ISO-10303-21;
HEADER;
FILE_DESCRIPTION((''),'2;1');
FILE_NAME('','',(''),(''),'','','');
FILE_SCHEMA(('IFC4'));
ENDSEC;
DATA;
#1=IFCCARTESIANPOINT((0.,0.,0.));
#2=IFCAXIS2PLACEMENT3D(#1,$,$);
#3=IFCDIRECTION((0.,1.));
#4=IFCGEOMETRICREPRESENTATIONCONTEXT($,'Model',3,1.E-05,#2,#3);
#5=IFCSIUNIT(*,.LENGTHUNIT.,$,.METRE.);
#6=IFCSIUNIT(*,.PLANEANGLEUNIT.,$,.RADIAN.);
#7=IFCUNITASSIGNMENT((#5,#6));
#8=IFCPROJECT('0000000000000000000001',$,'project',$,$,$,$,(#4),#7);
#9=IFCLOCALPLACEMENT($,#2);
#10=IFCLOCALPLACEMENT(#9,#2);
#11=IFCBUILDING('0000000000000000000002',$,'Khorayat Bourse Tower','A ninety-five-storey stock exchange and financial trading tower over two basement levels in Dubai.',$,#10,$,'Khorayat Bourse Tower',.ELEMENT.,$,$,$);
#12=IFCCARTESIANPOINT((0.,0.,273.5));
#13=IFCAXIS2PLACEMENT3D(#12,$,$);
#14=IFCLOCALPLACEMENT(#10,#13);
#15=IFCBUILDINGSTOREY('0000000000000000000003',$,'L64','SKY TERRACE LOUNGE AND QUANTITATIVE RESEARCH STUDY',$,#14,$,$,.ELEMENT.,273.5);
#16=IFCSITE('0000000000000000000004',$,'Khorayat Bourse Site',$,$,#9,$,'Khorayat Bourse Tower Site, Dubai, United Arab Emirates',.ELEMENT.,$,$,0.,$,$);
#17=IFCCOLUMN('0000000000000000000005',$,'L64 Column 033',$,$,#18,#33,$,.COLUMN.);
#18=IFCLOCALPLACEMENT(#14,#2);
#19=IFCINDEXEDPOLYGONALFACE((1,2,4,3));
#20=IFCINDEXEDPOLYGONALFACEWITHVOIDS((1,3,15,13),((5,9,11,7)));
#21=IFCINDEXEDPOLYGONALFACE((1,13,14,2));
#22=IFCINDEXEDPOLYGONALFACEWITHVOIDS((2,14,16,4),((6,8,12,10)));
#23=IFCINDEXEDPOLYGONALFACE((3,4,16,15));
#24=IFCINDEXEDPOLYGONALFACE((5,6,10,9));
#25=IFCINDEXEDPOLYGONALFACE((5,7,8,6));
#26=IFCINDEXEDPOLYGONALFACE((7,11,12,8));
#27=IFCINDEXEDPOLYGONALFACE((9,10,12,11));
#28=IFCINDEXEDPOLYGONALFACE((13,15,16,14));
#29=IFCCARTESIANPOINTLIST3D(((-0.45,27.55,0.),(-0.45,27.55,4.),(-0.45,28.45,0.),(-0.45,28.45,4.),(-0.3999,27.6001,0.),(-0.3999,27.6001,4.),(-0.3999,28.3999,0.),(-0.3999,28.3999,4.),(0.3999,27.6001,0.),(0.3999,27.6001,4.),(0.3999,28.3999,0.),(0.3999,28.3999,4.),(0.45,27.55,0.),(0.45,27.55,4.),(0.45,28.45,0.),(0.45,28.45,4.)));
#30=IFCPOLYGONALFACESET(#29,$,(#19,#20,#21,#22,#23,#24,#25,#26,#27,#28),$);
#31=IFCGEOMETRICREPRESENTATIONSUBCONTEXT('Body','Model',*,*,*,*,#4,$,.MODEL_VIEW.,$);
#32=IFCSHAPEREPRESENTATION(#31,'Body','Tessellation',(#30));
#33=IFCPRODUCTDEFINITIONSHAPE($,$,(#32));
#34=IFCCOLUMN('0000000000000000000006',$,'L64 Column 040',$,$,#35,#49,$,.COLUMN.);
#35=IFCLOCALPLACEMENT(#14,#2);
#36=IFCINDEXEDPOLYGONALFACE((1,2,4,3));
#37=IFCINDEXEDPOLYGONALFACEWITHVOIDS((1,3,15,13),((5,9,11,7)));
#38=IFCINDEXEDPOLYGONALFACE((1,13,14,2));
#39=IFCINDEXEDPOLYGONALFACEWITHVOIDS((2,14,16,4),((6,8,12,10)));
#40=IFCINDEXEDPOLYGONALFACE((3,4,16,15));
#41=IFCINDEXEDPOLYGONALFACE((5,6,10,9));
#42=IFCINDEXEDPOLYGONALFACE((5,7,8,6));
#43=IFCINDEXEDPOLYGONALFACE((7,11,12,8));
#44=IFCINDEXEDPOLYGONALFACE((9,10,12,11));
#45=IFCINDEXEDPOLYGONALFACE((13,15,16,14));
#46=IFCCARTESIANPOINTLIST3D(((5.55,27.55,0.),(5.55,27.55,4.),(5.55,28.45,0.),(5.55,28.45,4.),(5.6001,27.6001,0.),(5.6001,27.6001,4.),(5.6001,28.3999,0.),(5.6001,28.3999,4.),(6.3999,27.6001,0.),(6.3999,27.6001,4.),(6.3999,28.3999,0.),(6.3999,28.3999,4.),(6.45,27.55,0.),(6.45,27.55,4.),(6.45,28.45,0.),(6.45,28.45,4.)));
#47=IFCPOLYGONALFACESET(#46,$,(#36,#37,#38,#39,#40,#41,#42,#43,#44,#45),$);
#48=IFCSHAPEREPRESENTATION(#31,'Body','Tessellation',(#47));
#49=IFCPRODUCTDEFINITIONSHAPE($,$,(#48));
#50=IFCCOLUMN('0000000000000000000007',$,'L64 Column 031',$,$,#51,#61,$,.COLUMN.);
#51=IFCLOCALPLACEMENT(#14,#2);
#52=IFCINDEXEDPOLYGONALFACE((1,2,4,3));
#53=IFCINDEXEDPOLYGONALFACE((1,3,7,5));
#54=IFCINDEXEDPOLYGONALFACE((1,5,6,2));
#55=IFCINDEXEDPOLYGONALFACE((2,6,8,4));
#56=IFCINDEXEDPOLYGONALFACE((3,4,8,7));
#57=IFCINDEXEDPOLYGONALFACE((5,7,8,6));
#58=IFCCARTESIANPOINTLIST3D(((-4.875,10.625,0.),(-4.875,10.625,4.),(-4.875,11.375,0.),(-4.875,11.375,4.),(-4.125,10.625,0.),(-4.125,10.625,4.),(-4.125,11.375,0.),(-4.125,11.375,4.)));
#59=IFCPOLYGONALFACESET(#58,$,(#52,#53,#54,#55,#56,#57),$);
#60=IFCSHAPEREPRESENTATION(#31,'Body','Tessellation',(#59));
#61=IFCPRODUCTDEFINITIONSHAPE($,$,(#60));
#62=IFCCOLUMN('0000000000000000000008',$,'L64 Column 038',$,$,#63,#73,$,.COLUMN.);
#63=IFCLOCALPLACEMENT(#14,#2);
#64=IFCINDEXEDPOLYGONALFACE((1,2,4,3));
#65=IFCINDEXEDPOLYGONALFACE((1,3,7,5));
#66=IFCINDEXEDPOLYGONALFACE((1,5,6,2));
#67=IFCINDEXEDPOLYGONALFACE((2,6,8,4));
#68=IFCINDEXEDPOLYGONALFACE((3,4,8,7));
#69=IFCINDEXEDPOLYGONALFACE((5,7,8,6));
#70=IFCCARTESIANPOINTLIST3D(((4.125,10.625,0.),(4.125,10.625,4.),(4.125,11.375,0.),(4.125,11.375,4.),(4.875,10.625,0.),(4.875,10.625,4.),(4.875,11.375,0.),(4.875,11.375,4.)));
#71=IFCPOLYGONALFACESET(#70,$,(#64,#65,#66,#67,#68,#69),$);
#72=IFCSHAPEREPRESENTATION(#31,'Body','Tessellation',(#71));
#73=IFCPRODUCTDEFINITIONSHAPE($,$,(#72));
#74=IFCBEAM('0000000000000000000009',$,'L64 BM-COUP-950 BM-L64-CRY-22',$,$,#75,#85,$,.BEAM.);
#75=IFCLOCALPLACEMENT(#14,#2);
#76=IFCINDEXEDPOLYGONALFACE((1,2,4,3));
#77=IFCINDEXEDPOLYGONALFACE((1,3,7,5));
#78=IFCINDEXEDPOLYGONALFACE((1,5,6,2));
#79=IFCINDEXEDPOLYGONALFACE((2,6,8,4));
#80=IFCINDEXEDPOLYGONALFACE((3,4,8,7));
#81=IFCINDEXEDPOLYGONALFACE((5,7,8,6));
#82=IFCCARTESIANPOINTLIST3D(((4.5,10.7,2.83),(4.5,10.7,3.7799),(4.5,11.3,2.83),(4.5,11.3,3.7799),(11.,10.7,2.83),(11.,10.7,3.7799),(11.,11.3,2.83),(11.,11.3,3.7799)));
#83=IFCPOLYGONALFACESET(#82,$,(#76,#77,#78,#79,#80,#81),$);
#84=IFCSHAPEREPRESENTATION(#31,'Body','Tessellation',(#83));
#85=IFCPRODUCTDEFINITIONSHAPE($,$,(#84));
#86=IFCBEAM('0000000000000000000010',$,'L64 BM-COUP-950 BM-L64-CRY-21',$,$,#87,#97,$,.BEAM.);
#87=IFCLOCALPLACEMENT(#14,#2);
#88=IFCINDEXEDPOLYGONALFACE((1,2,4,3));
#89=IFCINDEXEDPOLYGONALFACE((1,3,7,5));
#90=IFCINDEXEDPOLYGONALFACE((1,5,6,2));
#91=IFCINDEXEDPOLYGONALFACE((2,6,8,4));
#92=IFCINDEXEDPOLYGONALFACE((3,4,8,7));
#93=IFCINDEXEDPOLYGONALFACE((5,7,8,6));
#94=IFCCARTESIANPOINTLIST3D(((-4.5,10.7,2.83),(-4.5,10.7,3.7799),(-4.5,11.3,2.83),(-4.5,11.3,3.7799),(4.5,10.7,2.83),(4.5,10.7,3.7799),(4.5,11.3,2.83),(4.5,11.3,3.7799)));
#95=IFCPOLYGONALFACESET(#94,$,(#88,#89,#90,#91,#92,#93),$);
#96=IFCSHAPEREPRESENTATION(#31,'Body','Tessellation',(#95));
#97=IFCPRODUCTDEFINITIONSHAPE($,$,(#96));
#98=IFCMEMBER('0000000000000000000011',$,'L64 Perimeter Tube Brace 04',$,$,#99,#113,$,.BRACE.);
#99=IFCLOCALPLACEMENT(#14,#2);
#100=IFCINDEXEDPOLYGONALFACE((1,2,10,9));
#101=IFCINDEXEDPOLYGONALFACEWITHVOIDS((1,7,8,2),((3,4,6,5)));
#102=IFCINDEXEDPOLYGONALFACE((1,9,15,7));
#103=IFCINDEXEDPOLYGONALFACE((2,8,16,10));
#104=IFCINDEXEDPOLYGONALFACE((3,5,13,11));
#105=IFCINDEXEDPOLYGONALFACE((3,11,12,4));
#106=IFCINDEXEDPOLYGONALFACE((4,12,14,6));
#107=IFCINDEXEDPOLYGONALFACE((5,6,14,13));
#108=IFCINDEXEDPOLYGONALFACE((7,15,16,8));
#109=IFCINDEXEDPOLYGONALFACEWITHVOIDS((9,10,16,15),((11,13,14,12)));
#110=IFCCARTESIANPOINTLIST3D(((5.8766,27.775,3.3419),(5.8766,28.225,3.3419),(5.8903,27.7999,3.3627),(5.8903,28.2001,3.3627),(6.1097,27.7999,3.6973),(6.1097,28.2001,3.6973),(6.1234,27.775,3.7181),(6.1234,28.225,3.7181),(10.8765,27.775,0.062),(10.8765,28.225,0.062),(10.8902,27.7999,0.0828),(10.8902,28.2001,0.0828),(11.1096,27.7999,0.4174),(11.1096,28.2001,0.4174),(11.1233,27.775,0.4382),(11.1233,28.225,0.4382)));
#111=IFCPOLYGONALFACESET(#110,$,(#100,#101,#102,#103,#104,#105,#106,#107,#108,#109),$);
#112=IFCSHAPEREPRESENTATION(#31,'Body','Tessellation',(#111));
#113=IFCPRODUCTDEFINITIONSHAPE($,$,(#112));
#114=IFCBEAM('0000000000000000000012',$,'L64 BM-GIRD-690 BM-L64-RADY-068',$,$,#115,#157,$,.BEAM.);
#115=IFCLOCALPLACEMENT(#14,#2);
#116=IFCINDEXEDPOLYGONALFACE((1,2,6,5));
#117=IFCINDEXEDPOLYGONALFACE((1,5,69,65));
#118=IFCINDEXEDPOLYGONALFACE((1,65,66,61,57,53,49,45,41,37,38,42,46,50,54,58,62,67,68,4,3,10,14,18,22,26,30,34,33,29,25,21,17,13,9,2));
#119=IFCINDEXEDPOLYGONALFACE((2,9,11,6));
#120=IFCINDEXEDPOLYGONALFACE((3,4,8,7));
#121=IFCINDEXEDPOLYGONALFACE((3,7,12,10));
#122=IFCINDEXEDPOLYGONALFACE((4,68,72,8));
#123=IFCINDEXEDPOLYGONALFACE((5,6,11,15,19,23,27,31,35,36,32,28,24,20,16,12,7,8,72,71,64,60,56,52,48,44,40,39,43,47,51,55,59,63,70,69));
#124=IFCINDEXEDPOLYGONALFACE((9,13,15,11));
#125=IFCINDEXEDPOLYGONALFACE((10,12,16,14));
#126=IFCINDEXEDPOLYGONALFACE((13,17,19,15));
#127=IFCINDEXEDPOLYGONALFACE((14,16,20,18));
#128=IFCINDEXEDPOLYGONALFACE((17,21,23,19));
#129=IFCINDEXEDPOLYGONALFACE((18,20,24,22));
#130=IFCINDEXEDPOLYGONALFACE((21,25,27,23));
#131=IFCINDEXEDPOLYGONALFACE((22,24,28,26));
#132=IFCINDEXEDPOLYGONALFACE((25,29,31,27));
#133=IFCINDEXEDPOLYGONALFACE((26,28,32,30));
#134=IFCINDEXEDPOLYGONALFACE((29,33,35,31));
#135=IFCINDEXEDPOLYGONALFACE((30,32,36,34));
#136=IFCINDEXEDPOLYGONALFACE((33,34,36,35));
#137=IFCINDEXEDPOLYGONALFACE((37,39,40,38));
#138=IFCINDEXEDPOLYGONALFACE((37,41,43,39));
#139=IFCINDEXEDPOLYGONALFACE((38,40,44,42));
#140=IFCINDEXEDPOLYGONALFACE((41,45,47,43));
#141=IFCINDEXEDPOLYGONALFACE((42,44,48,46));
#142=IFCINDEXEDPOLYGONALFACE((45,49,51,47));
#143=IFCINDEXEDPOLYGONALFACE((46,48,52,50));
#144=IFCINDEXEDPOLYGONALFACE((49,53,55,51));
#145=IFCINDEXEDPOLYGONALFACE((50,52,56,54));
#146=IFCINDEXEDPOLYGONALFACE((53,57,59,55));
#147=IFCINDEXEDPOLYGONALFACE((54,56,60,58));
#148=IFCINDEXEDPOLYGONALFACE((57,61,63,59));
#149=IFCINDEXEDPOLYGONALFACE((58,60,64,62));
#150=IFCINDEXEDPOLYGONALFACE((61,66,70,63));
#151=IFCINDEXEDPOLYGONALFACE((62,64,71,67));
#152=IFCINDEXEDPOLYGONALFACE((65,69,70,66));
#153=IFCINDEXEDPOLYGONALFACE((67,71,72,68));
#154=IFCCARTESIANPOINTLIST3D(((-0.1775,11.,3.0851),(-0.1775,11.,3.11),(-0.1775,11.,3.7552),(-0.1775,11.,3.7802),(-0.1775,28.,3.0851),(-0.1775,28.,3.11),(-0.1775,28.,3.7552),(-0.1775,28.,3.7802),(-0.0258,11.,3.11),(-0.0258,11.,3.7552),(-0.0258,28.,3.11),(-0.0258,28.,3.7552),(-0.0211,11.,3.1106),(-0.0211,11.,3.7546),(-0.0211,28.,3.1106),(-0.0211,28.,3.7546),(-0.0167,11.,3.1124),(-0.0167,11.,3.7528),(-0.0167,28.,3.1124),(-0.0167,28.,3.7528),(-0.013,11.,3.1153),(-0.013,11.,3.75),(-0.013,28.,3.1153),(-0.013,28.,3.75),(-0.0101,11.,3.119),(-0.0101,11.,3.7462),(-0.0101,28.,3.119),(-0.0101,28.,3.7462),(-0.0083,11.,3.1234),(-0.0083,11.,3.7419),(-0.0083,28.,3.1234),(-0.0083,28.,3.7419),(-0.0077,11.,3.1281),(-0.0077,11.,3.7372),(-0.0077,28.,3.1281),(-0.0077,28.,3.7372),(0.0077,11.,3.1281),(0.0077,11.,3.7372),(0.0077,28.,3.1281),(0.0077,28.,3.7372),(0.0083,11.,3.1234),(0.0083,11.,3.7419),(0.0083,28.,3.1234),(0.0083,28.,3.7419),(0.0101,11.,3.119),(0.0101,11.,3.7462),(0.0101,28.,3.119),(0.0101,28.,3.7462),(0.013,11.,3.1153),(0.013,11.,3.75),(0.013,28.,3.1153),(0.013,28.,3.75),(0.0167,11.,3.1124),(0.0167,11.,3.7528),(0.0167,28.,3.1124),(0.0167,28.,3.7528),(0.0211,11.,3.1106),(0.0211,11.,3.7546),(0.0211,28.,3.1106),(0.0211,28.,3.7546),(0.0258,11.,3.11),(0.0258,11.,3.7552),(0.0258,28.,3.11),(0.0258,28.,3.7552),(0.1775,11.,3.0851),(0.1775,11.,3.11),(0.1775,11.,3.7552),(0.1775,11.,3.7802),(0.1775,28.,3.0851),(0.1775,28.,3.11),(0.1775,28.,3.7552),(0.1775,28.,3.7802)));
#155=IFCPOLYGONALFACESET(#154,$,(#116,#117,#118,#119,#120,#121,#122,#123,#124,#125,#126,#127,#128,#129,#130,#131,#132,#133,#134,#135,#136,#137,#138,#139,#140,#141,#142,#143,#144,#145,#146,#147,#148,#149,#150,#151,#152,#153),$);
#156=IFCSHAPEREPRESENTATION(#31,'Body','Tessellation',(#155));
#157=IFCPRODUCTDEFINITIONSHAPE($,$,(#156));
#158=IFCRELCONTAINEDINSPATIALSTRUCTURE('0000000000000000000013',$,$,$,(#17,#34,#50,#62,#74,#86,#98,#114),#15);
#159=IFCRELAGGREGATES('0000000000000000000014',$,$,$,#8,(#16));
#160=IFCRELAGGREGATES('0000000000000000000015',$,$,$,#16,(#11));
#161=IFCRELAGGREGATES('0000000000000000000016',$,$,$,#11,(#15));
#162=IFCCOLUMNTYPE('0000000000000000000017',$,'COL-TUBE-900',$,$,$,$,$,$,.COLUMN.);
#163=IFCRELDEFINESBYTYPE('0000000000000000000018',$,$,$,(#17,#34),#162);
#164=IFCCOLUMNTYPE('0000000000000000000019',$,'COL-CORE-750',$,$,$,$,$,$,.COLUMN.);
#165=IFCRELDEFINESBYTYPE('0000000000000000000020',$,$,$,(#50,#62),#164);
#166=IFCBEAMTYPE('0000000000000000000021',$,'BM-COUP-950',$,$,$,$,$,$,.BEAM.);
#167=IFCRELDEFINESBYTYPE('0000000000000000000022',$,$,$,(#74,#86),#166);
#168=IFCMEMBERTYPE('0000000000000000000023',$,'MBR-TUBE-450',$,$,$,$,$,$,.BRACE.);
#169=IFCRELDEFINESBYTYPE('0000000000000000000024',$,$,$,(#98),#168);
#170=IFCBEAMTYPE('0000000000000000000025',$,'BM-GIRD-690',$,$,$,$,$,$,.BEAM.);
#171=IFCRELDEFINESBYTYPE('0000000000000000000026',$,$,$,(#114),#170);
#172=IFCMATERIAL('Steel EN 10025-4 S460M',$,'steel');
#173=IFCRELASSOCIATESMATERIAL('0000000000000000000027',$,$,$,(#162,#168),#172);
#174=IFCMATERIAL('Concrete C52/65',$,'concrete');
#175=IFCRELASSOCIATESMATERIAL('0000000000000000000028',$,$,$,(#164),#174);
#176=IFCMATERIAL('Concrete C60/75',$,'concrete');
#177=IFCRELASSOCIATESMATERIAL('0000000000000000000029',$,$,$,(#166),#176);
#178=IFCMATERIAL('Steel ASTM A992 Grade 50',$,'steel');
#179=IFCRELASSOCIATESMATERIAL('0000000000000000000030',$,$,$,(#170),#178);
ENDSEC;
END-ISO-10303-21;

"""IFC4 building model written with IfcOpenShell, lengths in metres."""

from ifc_helpers import new_model, si_unit, direction, frame, origin, origin_2d, place, context, subcontext, project, spatial, rectangle, hollow_rectangle, i_section, extrude, source, transform, mapped, material, material_profile, profile_set, type_object, element, save


model = new_model("IFC4")

# Units and contexts
model_context = context("Model", 3, precision=1e-05, world=origin(), true_north=direction((0.0, 1.0)))
body_context = subcontext(model_context, "Body", "Model", "MODEL_VIEW")
ifc_project = project(units=[si_unit("LENGTHUNIT", "METRE"), si_unit("PLANEANGLEUNIT", "RADIAN")], contexts=[model_context])

# Site, building, storey
site_placement = place(None, origin())
site = spatial("IfcSite", under=ifc_project, at=site_placement, Name="Khorayat Bourse Site", LongName="Khorayat Bourse Tower Site, Dubai, United Arab Emirates", CompositionType="ELEMENT", RefElevation=0.0)
building_placement = place(site_placement, origin())
building = spatial("IfcBuilding", under=site, at=building_placement, Name="Khorayat Bourse Tower", Description="A ninety-five-storey stock exchange and financial trading tower over two basement levels in Dubai.", LongName="Khorayat Bourse Tower", CompositionType="ELEMENT")
storey_placement = place(building_placement, frame((0.0, 0.0, 273.5)))
storey = spatial("IfcBuildingStorey", under=building, at=storey_placement, Name="L64", Description="SKY TERRACE LOUNGE AND QUANTITATIVE RESEARCH STUDY", CompositionType="ELEMENT", Elevation=273.5)

# Columns
ifc_material_1 = material(Name="Steel EN 10025-4 S460M", Category="steel")
ifc_material_profile_1 = material_profile(ifc_material_1, hollow_rectangle(XDim=0.8999, YDim=0.8999, WallThickness=0.05, at=origin_2d()), Name="BOX 900x900x50")
ifc_profile_set_1 = profile_set([ifc_material_profile_1], Name="Steel EN 10025-4 S460M")
column_type_1 = type_object("IfcColumnType", Name="COL-TUBE-900", PredefinedType="COLUMN", material=ifc_profile_set_1)
shared_shape_1 = source(origin(), body_context, "Body", "SweptSolid", [
    extrude(hollow_rectangle(XDim=0.8999, YDim=0.8999, WallThickness=0.05, at=origin_2d()), origin(), (0.0, 0.0, 1.0), 4.0),
])
for number, where, z_axis, x_axis, name in (
    (1, (0.0, 28.0, 0.0), (0.0, 0.0, 1.0), (1.0, 0.0, 0.0), "L64 Column 033"),
    (2, (6.0, 28.0, 0.0), (0.0, 0.0, 1.0), (1.0, 0.0, 0.0), "L64 Column 040"),
):
    element("IfcColumn", number, at=place(storey_placement, frame(where, z_axis=z_axis, x_axis=x_axis)), inside=storey, type_object=column_type_1, Name=name, PredefinedType="COLUMN", context=body_context, shape_type="MappedRepresentation", body=[
        mapped(shared_shape_1, transform((0.0, 0.0, 0.0), scale=1.0)),
    ])
ifc_material_2 = material(Name="Concrete C52/65", Category="concrete")
ifc_material_profile_2 = material_profile(ifc_material_2, rectangle(XDim=0.75, YDim=0.75, at=origin_2d()), Name="RC 750x750")
ifc_profile_set_2 = profile_set([ifc_material_profile_2], Name="Concrete C52/65")
column_type_2 = type_object("IfcColumnType", Name="COL-CORE-750", PredefinedType="COLUMN", material=ifc_profile_set_2)
shared_shape_2 = source(origin(), body_context, "Body", "SweptSolid", [
    extrude(rectangle(XDim=0.75, YDim=0.75, at=origin_2d()), origin(), (0.0, 0.0, 1.0), 4.0),
])
for number, where, z_axis, x_axis, name in (
    (3, (-4.5, 11.0, 0.0), (0.0, 0.0, 1.0), (1.0, 0.0, 0.0), "L64 Column 031"),
    (4, (4.5, 11.0, 0.0), (0.0, 0.0, 1.0), (1.0, 0.0, 0.0), "L64 Column 038"),
):
    element("IfcColumn", number, at=place(storey_placement, frame(where, z_axis=z_axis, x_axis=x_axis)), inside=storey, type_object=column_type_2, Name=name, PredefinedType="COLUMN", context=body_context, shape_type="MappedRepresentation", body=[
        mapped(shared_shape_2, transform((0.0, 0.0, 0.0), scale=1.0)),
    ])

# Beams
ifc_material_3 = material(Name="Concrete C60/75", Category="concrete")
ifc_material_profile_3 = material_profile(ifc_material_3, rectangle(XDim=0.6001, YDim=0.95, at=origin_2d()), Name="RC 600x950")
ifc_profile_set_3 = profile_set([ifc_material_profile_3], Name="Concrete C60/75")
beam_type_1 = type_object("IfcBeamType", Name="BM-COUP-950", PredefinedType="BEAM", material=ifc_profile_set_3)
shared_shape_3 = source(origin(), body_context, "Body", "SweptSolid", [
    extrude(rectangle(XDim=0.6001, YDim=0.95, at=origin_2d()), origin(), (0.0, 0.0, 1.0), 6.5),
])
beam_1_placement = place(storey_placement, frame((4.5, 11.0, 3.3049), z_axis=(1.0, 0.0, 0.0), x_axis=(0.0, 1.0, 0.0)))
element("IfcBeam", 5, at=beam_1_placement, inside=storey, type_object=beam_type_1, Name="L64 BM-COUP-950 BM-L64-CRY-22", PredefinedType="BEAM", context=body_context, shape_type="MappedRepresentation", body=[
    mapped(shared_shape_3, transform((0.0, 0.0, 0.0), scale=1.0)),
])
shared_shape_4 = source(origin(), body_context, "Body", "SweptSolid", [
    extrude(rectangle(XDim=0.6001, YDim=0.95, at=origin_2d()), origin(), (0.0, 0.0, 1.0), 9.0),
])
beam_2_placement = place(storey_placement, frame((-4.5, 11.0, 3.3049), z_axis=(1.0, 0.0, 0.0), x_axis=(0.0, 1.0, 0.0)))
element("IfcBeam", 6, at=beam_2_placement, inside=storey, type_object=beam_type_1, Name="L64 BM-COUP-950 BM-L64-CRY-21", PredefinedType="BEAM", context=body_context, shape_type="MappedRepresentation", body=[
    mapped(shared_shape_4, transform((0.0, 0.0, 0.0), scale=1.0)),
])

# Member
ifc_material_profile_4 = material_profile(ifc_material_1, hollow_rectangle(XDim=0.45, YDim=0.45, WallThickness=0.0249, at=origin_2d()), Name="HSS 450x450x25")
ifc_profile_set_4 = profile_set([ifc_material_profile_4], Name="Steel EN 10025-4 S460M")
member_type_1 = type_object("IfcMemberType", Name="MBR-TUBE-450", PredefinedType="BRACE", material=ifc_profile_set_4)
shared_shape_5 = source(origin(), body_context, "Body", "SweptSolid", [
    extrude(hollow_rectangle(XDim=0.45, YDim=0.45, WallThickness=0.0249, at=origin_2d()), origin(), (0.0, 0.0, 1.0), 5.9797),
])
member_1_placement = place(storey_placement, frame((6.0, 28.0, 3.53), z_axis=(0.836142, 0.0, -0.548514), x_axis=(0.0, 1.0, 0.0)))
element("IfcMember", 7, at=member_1_placement, inside=storey, type_object=member_type_1, Name="L64 Perimeter Tube Brace 04", PredefinedType="BRACE", context=body_context, shape_type="MappedRepresentation", body=[
    mapped(shared_shape_5, transform((0.0, 0.0, 0.0), scale=1.0)),
])

# Beam
ifc_material_4 = material(Name="Steel ASTM A992 Grade 50", Category="steel")
ifc_material_profile_5 = material_profile(ifc_material_4, i_section(OverallWidth=0.355, OverallDepth=0.6951, WebThickness=0.0154, FlangeThickness=0.0249, FilletRadius=0.0181, at=origin_2d()), Name="W690X217")
ifc_profile_set_5 = profile_set([ifc_material_profile_5], Name="Steel ASTM A992 Grade 50")
beam_type_2 = type_object("IfcBeamType", Name="BM-GIRD-690", PredefinedType="BEAM", material=ifc_profile_set_5)
shared_shape_6 = source(origin(), body_context, "Body", "SweptSolid", [
    extrude(i_section(OverallWidth=0.355, OverallDepth=0.6951, WebThickness=0.0154, FlangeThickness=0.0249, FilletRadius=0.0181, at=origin_2d()), origin(), (0.0, 0.0, 1.0), 17.0),
])
for number, where, z_axis, x_axis, name in (
    (8, (0.0, 11.0, 3.4326), (0.0, 1.0, 0.0), (-1.0, 0.0, 0.0), "L64 BM-GIRD-690 BM-L64-RADY-068"),
):
    element("IfcBeam", number, at=place(storey_placement, frame(where, z_axis=z_axis, x_axis=x_axis)), inside=storey, type_object=beam_type_2, Name=name, PredefinedType="BEAM", context=body_context, shape_type="MappedRepresentation", body=[
        mapped(shared_shape_6, transform((0.0, 0.0, 0.0), scale=1.0)),
    ])

save(model, "model.ifc")
